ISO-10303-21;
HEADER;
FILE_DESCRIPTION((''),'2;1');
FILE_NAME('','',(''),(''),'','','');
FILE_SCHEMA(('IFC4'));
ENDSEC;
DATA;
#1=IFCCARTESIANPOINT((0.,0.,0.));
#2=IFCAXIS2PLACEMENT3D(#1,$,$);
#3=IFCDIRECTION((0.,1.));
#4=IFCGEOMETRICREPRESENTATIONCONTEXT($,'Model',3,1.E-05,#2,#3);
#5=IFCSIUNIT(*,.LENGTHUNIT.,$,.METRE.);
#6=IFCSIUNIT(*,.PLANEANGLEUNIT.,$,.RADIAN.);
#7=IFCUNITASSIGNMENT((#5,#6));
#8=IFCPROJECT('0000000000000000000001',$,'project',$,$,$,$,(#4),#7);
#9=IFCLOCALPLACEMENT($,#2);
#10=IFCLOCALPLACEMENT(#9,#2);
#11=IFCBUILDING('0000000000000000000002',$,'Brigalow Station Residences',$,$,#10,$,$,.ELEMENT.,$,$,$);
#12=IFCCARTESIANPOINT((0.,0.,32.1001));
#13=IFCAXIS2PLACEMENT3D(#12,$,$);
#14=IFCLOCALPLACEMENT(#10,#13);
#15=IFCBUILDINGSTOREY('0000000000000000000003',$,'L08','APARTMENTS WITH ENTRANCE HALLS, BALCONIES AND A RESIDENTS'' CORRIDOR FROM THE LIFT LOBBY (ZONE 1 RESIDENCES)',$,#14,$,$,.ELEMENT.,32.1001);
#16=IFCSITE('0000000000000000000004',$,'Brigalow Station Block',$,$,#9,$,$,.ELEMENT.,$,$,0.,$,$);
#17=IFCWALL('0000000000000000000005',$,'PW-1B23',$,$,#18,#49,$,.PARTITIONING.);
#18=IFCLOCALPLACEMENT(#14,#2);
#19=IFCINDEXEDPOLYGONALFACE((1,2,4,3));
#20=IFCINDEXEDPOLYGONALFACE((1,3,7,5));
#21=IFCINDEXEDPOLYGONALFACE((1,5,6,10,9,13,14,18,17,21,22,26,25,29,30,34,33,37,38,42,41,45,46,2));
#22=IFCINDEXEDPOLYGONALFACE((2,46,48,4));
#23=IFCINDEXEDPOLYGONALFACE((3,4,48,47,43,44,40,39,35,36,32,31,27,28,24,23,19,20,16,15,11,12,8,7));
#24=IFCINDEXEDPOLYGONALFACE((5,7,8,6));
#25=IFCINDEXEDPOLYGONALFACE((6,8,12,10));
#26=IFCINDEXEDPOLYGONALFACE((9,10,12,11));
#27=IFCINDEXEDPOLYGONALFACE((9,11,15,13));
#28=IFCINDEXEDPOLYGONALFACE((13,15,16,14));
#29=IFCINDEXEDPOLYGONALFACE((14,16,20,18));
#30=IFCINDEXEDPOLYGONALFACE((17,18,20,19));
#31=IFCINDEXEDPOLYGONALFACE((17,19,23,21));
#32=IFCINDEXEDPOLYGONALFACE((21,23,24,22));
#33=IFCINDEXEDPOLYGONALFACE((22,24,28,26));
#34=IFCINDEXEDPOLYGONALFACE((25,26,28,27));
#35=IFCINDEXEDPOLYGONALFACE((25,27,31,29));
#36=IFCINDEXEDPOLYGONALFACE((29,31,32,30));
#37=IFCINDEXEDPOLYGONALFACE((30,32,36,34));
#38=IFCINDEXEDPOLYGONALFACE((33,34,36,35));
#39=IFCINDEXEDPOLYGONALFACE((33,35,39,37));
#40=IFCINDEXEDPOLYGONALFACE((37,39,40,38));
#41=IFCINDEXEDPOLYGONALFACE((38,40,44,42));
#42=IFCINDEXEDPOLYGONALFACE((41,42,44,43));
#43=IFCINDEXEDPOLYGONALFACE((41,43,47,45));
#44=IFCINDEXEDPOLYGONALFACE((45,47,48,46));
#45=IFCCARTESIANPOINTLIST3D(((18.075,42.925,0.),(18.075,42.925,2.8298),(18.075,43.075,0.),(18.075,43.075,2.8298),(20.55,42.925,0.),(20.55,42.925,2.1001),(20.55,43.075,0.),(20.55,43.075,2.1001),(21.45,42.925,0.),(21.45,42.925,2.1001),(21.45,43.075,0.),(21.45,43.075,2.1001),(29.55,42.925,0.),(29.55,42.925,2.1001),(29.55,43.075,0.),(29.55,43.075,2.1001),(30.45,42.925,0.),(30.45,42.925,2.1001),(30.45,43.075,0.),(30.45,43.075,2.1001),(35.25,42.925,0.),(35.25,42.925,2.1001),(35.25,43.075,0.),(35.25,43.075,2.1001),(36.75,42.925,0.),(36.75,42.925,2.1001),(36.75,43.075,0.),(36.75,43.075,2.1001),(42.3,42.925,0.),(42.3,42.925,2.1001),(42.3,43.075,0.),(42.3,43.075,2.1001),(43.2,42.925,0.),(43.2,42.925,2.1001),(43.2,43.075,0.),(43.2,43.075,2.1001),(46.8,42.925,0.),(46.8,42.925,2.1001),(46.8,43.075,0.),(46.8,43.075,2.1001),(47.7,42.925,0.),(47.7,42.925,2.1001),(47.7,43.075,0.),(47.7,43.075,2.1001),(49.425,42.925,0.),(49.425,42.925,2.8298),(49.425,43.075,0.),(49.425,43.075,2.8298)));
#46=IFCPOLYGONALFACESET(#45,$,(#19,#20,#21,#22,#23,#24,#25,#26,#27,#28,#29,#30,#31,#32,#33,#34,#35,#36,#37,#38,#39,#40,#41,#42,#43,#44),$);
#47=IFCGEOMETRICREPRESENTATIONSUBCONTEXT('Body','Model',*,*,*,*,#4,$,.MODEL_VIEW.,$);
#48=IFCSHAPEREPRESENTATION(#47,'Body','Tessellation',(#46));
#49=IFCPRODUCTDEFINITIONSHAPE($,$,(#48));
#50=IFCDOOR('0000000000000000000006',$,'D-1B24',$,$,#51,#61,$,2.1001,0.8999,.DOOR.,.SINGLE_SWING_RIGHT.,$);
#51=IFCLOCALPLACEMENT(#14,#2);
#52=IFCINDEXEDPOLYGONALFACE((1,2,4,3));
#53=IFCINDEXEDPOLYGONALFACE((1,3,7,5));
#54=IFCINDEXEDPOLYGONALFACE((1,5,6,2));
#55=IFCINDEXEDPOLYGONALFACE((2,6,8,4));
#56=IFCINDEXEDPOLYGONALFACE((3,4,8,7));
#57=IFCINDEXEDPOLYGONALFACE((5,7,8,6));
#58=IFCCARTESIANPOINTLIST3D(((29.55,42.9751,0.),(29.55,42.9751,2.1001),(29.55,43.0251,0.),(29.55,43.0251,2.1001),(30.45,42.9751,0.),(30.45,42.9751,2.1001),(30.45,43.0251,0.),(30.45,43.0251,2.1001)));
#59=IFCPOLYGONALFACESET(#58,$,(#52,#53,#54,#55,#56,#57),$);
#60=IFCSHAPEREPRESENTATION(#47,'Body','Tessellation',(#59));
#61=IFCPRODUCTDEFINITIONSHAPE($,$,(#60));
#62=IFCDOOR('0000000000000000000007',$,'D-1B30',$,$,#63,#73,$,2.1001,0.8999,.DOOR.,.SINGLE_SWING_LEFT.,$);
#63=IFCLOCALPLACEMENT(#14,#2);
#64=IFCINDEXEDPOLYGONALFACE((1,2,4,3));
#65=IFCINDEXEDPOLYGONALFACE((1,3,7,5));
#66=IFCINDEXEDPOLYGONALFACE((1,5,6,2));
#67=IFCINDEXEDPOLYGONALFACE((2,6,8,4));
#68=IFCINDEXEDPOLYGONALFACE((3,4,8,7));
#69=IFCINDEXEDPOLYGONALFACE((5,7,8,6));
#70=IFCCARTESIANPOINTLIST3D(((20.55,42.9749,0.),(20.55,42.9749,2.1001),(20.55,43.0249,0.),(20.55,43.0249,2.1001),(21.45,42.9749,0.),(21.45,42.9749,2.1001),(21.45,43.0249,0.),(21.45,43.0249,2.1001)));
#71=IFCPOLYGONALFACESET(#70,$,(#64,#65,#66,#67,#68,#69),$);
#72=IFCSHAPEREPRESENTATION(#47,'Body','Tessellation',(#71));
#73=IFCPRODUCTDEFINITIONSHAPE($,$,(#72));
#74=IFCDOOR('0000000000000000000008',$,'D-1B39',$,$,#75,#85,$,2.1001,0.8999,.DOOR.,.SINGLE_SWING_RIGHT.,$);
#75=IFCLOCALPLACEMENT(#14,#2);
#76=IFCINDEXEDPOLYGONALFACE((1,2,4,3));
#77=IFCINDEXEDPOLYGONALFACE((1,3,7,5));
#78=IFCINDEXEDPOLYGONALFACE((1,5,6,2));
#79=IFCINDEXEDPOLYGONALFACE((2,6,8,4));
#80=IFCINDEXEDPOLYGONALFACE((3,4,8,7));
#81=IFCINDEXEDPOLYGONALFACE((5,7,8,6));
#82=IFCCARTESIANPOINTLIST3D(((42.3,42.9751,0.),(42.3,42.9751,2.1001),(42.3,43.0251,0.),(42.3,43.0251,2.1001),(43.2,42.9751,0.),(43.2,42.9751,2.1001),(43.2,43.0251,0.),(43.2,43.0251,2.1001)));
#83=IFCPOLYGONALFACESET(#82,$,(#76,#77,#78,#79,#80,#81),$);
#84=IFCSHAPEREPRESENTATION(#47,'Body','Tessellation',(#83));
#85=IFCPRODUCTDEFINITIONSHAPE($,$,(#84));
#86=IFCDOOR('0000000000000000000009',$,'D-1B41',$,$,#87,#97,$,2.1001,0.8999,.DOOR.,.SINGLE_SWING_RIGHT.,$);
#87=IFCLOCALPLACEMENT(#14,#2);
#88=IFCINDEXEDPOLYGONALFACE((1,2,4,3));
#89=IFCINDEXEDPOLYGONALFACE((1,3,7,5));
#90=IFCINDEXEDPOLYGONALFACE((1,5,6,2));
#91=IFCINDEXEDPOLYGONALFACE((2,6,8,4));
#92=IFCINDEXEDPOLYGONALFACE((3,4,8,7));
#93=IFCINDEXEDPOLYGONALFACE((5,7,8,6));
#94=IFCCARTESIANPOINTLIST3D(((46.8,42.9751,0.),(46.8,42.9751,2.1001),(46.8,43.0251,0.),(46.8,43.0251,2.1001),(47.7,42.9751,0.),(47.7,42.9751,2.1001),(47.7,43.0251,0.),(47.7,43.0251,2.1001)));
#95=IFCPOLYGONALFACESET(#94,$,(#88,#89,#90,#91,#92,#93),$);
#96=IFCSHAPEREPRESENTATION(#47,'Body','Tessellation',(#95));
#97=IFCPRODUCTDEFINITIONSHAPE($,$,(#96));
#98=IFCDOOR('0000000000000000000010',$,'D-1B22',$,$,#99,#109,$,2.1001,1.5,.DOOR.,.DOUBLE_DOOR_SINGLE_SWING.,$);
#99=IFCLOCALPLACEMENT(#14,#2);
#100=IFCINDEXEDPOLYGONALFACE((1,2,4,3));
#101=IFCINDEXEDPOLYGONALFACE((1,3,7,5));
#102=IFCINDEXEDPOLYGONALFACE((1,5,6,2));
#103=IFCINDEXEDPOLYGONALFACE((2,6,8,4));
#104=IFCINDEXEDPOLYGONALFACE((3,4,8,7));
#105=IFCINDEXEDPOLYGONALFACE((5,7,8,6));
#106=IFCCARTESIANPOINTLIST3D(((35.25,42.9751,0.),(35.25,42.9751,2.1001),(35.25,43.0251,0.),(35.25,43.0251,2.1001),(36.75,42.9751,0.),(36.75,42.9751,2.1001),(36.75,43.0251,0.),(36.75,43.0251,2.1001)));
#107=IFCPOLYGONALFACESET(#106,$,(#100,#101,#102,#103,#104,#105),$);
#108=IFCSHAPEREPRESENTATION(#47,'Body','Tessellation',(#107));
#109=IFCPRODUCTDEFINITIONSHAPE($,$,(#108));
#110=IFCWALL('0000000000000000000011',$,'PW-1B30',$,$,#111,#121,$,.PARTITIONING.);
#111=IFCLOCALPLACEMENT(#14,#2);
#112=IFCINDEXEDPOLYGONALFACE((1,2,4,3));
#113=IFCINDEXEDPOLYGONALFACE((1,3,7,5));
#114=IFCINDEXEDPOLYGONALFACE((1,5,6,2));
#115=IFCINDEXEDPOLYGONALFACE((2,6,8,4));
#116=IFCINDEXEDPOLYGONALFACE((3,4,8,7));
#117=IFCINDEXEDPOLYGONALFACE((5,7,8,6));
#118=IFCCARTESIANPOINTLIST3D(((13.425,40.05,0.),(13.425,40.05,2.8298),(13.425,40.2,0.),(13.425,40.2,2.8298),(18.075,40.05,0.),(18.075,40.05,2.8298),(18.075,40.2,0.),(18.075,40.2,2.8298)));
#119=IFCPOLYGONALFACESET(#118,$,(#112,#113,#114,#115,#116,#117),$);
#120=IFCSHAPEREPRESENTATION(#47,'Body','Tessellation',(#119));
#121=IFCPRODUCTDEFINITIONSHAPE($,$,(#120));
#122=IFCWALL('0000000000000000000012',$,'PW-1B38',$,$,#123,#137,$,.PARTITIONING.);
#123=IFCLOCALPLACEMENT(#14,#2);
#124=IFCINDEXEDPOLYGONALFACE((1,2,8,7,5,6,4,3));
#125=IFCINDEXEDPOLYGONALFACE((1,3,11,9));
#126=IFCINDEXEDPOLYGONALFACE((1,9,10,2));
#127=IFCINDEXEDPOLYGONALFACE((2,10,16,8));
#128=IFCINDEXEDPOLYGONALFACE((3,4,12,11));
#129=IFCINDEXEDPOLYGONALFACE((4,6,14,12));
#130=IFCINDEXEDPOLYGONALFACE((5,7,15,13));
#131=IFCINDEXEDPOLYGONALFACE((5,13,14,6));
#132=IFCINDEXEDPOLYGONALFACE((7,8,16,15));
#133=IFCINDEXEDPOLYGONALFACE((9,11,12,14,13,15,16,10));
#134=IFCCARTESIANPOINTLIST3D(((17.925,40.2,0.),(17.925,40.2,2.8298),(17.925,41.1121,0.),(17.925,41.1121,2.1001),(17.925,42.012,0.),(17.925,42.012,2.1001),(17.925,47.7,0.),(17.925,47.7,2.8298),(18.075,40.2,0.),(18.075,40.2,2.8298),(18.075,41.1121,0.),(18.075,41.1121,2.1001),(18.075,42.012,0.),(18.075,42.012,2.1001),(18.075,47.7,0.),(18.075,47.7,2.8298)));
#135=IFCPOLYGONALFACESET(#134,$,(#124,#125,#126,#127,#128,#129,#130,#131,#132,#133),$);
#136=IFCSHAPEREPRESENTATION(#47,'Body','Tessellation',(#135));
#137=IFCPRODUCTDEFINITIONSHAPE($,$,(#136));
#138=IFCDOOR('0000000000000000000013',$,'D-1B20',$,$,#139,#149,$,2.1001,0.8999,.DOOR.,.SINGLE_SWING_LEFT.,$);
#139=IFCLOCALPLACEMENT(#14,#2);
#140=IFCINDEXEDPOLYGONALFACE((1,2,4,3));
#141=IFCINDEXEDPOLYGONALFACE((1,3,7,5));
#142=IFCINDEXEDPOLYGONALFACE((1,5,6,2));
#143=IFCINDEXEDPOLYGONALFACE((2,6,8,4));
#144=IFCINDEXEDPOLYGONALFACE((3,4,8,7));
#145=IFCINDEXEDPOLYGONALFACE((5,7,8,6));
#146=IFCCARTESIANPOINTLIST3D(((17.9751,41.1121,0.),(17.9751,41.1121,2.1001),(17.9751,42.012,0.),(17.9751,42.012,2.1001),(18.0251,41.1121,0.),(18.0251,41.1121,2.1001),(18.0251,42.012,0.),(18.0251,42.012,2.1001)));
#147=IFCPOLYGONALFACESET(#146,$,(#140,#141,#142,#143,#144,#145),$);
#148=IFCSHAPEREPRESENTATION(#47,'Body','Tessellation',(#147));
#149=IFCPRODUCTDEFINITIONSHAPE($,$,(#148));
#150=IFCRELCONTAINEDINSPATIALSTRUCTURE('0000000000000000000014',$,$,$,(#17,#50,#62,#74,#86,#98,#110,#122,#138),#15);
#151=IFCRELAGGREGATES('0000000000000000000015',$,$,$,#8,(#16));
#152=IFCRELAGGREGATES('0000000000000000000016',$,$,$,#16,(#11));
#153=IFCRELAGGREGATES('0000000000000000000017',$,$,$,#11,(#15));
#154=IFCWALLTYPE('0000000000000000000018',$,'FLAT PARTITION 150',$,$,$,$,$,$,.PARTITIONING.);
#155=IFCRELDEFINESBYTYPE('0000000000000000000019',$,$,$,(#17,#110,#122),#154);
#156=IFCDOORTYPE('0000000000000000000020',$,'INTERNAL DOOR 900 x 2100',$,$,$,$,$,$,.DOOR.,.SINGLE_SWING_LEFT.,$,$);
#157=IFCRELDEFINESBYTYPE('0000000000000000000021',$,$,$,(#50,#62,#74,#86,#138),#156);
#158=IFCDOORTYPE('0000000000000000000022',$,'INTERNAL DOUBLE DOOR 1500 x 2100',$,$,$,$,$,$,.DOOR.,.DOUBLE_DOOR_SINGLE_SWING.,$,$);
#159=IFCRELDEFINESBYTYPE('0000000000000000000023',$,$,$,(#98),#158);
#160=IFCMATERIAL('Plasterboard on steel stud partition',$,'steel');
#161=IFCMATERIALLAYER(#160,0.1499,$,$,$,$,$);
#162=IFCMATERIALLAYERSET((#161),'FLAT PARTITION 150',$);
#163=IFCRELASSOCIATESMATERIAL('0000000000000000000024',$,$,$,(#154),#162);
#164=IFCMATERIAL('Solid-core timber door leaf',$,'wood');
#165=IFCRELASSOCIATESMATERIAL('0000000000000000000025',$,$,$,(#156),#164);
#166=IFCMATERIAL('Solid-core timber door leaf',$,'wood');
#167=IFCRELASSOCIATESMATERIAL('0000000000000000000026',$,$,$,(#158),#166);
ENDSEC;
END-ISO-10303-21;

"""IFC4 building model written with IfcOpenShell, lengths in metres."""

from ifc_helpers import new_model, si_unit, direction, frame, frame_2d, origin, place, context, subcontext, project, spatial, rectangle, extrude, material, layer, layer_set, type_object, element, fill, save


model = new_model("IFC4")

# Units and contexts
model_context = context("Model", 3, precision=1e-05, world=origin(), true_north=direction((0.0, 1.0)))
body_context = subcontext(model_context, "Body", "Model", "MODEL_VIEW")
ifc_project = project(units=[si_unit("LENGTHUNIT", "METRE"), si_unit("PLANEANGLEUNIT", "RADIAN")], contexts=[model_context])

# Site, building, storey
site_placement = place(None, origin())
site = spatial("IfcSite", under=ifc_project, at=site_placement, Name="Brigalow Station Block", CompositionType="ELEMENT", RefElevation=0.0)
building_placement = place(site_placement, origin())
building = spatial("IfcBuilding", under=site, at=building_placement, Name="Brigalow Station Residences", CompositionType="ELEMENT")
storey_placement = place(building_placement, frame((0.0, 0.0, 32.1001)))
storey = spatial("IfcBuildingStorey", under=building, at=storey_placement, Name="L08", Description="APARTMENTS WITH ENTRANCE HALLS, BALCONIES AND A RESIDENTS' CORRIDOR FROM THE LIFT LOBBY (ZONE 1 RESIDENCES)", CompositionType="ELEMENT", Elevation=32.1001)

# Wall, openings, doors
ifc_material_1 = material(Name="Plasterboard on steel stud partition", Category="steel")
ifc_layer_1 = layer(ifc_material_1, 0.1499)
ifc_layer_set_1 = layer_set([ifc_layer_1], Name="FLAT PARTITION 150")
wall_type_1 = type_object("IfcWallType", Name="FLAT PARTITION 150", PredefinedType="PARTITIONING", material=ifc_layer_set_1)
wall_1_placement = place(storey_placement, frame((18.075, 43.0, 0.0), z_axis=(0.0, 0.0, 1.0), x_axis=(1.0, 0.0, 0.0)))
wall_1 = element("IfcWall", 1, at=wall_1_placement, inside=storey, type_object=wall_type_1, Name="PW-1B23", PredefinedType="PARTITIONING", context=body_context, shape_type="SweptSolid", body=[
    extrude(rectangle(XDim=31.3501, YDim=0.1499, at=frame_2d((15.675, 0.0))), origin(), (0.0, 0.0, 1.0), 2.8298),
])
opening_1_placement = place(wall_1_placement, frame((17.175, 0.0, 0.0)))
opening_1 = element("IfcOpeningElement", 2, at=opening_1_placement, cuts=wall_1, PredefinedType="OPENING", context=body_context, shape_type="SweptSolid", body=[
    extrude(rectangle(XDim=1.5, YDim=2.1001, at=frame_2d((0.75, 1.05))), frame((0.0, 0.085, 0.0), z_axis=(0.0, -1.0, 0.0), x_axis=(1.0, 0.0, 0.0)), (0.0, 0.0, 1.0), 0.1699),
])
opening_2_placement = place(wall_1_placement, frame((11.4751, 0.0, 0.0)))
opening_2 = element("IfcOpeningElement", 3, at=opening_2_placement, cuts=wall_1, PredefinedType="OPENING", context=body_context, shape_type="SweptSolid", body=[
    extrude(rectangle(XDim=0.8999, YDim=2.1001, at=frame_2d((0.45, 1.05))), frame((0.0, 0.085, 0.0), z_axis=(0.0, -1.0, 0.0), x_axis=(1.0, 0.0, 0.0)), (0.0, 0.0, 1.0), 0.1699),
])
opening_3_placement = place(wall_1_placement, frame((2.4751, 0.0, 0.0)))
opening_3 = element("IfcOpeningElement", 4, at=opening_3_placement, cuts=wall_1, PredefinedType="OPENING", context=body_context, shape_type="SweptSolid", body=[
    extrude(rectangle(XDim=0.8999, YDim=2.1001, at=frame_2d((0.45, 1.05))), frame((0.0, 0.085, 0.0), z_axis=(0.0, -1.0, 0.0), x_axis=(1.0, 0.0, 0.0)), (0.0, 0.0, 1.0), 0.1699),
])
opening_4_placement = place(wall_1_placement, frame((24.2251, 0.0, 0.0)))
opening_4 = element("IfcOpeningElement", 5, at=opening_4_placement, cuts=wall_1, PredefinedType="OPENING", context=body_context, shape_type="SweptSolid", body=[
    extrude(rectangle(XDim=0.8999, YDim=2.1001, at=frame_2d((0.45, 1.05))), frame((0.0, 0.085, 0.0), z_axis=(0.0, -1.0, 0.0), x_axis=(1.0, 0.0, 0.0)), (0.0, 0.0, 1.0), 0.1699),
])
opening_5_placement = place(wall_1_placement, frame((28.7251, 0.0, 0.0)))
opening_5 = element("IfcOpeningElement", 6, at=opening_5_placement, cuts=wall_1, PredefinedType="OPENING", context=body_context, shape_type="SweptSolid", body=[
    extrude(rectangle(XDim=0.8999, YDim=2.1001, at=frame_2d((0.45, 1.05))), frame((0.0, 0.085, 0.0), z_axis=(0.0, -1.0, 0.0), x_axis=(1.0, 0.0, 0.0)), (0.0, 0.0, 1.0), 0.1699),
])
ifc_material_2 = material(Name="Solid-core timber door leaf", Category="wood")
door_type_1 = type_object("IfcDoorType", Name="INTERNAL DOOR 900 x 2100", OperationType="SINGLE_SWING_LEFT", PredefinedType="DOOR", material=ifc_material_2)
door_1_placement = place(opening_2_placement, frame((0.8999, 0.0, 0.0), z_axis=(0.0, 0.0, 1.0), x_axis=(-1.0, 0.0, 0.0)))
door_1 = element("IfcDoor", 7, at=door_1_placement, inside=storey, type_object=door_type_1, Name="D-1B24", OperationType="SINGLE_SWING_RIGHT", OverallHeight=2.1001, OverallWidth=0.8999, PredefinedType="DOOR", context=body_context, shape_type="SweptSolid", body=[
    extrude(rectangle(XDim=0.8999, YDim=2.1001, at=frame_2d((0.45, 1.05))), frame((0.0, 0.0249, 0.0), z_axis=(0.0, -1.0, 0.0), x_axis=(1.0, 0.0, 0.0)), (0.0, 0.0, 1.0), 0.05),
])
fill(opening_2, door_1)
door_2_placement = place(opening_3_placement, origin())
door_2 = element("IfcDoor", 8, at=door_2_placement, inside=storey, type_object=door_type_1, Name="D-1B30", OperationType="SINGLE_SWING_LEFT", OverallHeight=2.1001, OverallWidth=0.8999, PredefinedType="DOOR", context=body_context, shape_type="SweptSolid", body=[
    extrude(rectangle(XDim=0.8999, YDim=2.1001, at=frame_2d((0.45, 1.05))), frame((0.0, 0.0249, 0.0), z_axis=(0.0, -1.0, 0.0), x_axis=(1.0, 0.0, 0.0)), (0.0, 0.0, 1.0), 0.05),
])
fill(opening_3, door_2)
door_3_placement = place(opening_4_placement, frame((0.8999, 0.0, 0.0), z_axis=(0.0, 0.0, 1.0), x_axis=(-1.0, 0.0, 0.0)))
door_3 = element("IfcDoor", 9, at=door_3_placement, inside=storey, type_object=door_type_1, Name="D-1B39", OperationType="SINGLE_SWING_RIGHT", OverallHeight=2.1001, OverallWidth=0.8999, PredefinedType="DOOR", context=body_context, shape_type="SweptSolid", body=[
    extrude(rectangle(XDim=0.8999, YDim=2.1001, at=frame_2d((0.45, 1.05))), frame((0.0, 0.0249, 0.0), z_axis=(0.0, -1.0, 0.0), x_axis=(1.0, 0.0, 0.0)), (0.0, 0.0, 1.0), 0.05),
])
fill(opening_4, door_3)
door_4_placement = place(opening_5_placement, frame((0.8999, 0.0, 0.0), z_axis=(0.0, 0.0, 1.0), x_axis=(-1.0, 0.0, 0.0)))
door_4 = element("IfcDoor", 10, at=door_4_placement, inside=storey, type_object=door_type_1, Name="D-1B41", OperationType="SINGLE_SWING_RIGHT", OverallHeight=2.1001, OverallWidth=0.8999, PredefinedType="DOOR", context=body_context, shape_type="SweptSolid", body=[
    extrude(rectangle(XDim=0.8999, YDim=2.1001, at=frame_2d((0.45, 1.05))), frame((0.0, 0.0249, 0.0), z_axis=(0.0, -1.0, 0.0), x_axis=(1.0, 0.0, 0.0)), (0.0, 0.0, 1.0), 0.05),
])
fill(opening_5, door_4)
ifc_material_3 = material(Name="Solid-core timber door leaf", Category="wood")
door_type_2 = type_object("IfcDoorType", Name="INTERNAL DOUBLE DOOR 1500 x 2100", OperationType="DOUBLE_DOOR_SINGLE_SWING", PredefinedType="DOOR", material=ifc_material_3)
door_5_placement = place(opening_1_placement, frame((1.5, 0.0, 0.0), z_axis=(0.0, 0.0, 1.0), x_axis=(-1.0, 0.0, 0.0)))
door_5 = element("IfcDoor", 11, at=door_5_placement, inside=storey, type_object=door_type_2, Name="D-1B22", OperationType="DOUBLE_DOOR_SINGLE_SWING", OverallHeight=2.1001, OverallWidth=1.5, PredefinedType="DOOR", context=body_context, shape_type="SweptSolid", body=[
    extrude(rectangle(XDim=1.5, YDim=2.1001, at=frame_2d((0.75, 1.05))), frame((0.0, 0.0249, 0.0), z_axis=(0.0, -1.0, 0.0), x_axis=(1.0, 0.0, 0.0)), (0.0, 0.0, 1.0), 0.05),
])
fill(opening_1, door_5)

# Wall
wall_2_placement = place(storey_placement, frame((13.425, 40.125, 0.0), z_axis=(0.0, 0.0, 1.0), x_axis=(1.0, 0.0, 0.0)))
element("IfcWall", 12, at=wall_2_placement, inside=storey, type_object=wall_type_1, Name="PW-1B30", PredefinedType="PARTITIONING", context=body_context, shape_type="SweptSolid", body=[
    extrude(rectangle(XDim=4.6499, YDim=0.1499, at=frame_2d((2.325, 0.0))), origin(), (0.0, 0.0, 1.0), 2.8298),
])

# Wall, opening, door
wall_3_placement = place(storey_placement, frame((18.0, 40.2, 0.0), z_axis=(0.0, 0.0, 1.0), x_axis=(0.0, 1.0, 0.0)))
wall_3 = element("IfcWall", 13, at=wall_3_placement, inside=storey, type_object=wall_type_1, Name="PW-1B38", PredefinedType="PARTITIONING", context=body_context, shape_type="SweptSolid", body=[
    extrude(rectangle(XDim=7.5, YDim=0.1499, at=frame_2d((3.75, 0.0))), origin(), (0.0, 0.0, 1.0), 2.8298),
])
opening_6_placement = place(wall_3_placement, frame((0.9121, 0.0, 0.0)))
opening_6 = element("IfcOpeningElement", 14, at=opening_6_placement, cuts=wall_3, PredefinedType="OPENING", context=body_context, shape_type="SweptSolid", body=[
    extrude(rectangle(XDim=0.8999, YDim=2.1001, at=frame_2d((0.45, 1.05))), frame((0.0, 0.085, 0.0), z_axis=(0.0, -1.0, 0.0), x_axis=(1.0, 0.0, 0.0)), (0.0, 0.0, 1.0), 0.1699),
])
door_6_placement = place(opening_6_placement, origin())
door_6 = element("IfcDoor", 15, at=door_6_placement, inside=storey, type_object=door_type_1, Name="D-1B20", OperationType="SINGLE_SWING_LEFT", OverallHeight=2.1001, OverallWidth=0.8999, PredefinedType="DOOR", context=body_context, shape_type="SweptSolid", body=[
    extrude(rectangle(XDim=0.8999, YDim=2.1001, at=frame_2d((0.45, 1.05))), frame((0.0, 0.0249, 0.0), z_axis=(0.0, -1.0, 0.0), x_axis=(1.0, 0.0, 0.0)), (0.0, 0.0, 1.0), 0.05),
])
fill(opening_6, door_6)

save(model, "model.ifc")
